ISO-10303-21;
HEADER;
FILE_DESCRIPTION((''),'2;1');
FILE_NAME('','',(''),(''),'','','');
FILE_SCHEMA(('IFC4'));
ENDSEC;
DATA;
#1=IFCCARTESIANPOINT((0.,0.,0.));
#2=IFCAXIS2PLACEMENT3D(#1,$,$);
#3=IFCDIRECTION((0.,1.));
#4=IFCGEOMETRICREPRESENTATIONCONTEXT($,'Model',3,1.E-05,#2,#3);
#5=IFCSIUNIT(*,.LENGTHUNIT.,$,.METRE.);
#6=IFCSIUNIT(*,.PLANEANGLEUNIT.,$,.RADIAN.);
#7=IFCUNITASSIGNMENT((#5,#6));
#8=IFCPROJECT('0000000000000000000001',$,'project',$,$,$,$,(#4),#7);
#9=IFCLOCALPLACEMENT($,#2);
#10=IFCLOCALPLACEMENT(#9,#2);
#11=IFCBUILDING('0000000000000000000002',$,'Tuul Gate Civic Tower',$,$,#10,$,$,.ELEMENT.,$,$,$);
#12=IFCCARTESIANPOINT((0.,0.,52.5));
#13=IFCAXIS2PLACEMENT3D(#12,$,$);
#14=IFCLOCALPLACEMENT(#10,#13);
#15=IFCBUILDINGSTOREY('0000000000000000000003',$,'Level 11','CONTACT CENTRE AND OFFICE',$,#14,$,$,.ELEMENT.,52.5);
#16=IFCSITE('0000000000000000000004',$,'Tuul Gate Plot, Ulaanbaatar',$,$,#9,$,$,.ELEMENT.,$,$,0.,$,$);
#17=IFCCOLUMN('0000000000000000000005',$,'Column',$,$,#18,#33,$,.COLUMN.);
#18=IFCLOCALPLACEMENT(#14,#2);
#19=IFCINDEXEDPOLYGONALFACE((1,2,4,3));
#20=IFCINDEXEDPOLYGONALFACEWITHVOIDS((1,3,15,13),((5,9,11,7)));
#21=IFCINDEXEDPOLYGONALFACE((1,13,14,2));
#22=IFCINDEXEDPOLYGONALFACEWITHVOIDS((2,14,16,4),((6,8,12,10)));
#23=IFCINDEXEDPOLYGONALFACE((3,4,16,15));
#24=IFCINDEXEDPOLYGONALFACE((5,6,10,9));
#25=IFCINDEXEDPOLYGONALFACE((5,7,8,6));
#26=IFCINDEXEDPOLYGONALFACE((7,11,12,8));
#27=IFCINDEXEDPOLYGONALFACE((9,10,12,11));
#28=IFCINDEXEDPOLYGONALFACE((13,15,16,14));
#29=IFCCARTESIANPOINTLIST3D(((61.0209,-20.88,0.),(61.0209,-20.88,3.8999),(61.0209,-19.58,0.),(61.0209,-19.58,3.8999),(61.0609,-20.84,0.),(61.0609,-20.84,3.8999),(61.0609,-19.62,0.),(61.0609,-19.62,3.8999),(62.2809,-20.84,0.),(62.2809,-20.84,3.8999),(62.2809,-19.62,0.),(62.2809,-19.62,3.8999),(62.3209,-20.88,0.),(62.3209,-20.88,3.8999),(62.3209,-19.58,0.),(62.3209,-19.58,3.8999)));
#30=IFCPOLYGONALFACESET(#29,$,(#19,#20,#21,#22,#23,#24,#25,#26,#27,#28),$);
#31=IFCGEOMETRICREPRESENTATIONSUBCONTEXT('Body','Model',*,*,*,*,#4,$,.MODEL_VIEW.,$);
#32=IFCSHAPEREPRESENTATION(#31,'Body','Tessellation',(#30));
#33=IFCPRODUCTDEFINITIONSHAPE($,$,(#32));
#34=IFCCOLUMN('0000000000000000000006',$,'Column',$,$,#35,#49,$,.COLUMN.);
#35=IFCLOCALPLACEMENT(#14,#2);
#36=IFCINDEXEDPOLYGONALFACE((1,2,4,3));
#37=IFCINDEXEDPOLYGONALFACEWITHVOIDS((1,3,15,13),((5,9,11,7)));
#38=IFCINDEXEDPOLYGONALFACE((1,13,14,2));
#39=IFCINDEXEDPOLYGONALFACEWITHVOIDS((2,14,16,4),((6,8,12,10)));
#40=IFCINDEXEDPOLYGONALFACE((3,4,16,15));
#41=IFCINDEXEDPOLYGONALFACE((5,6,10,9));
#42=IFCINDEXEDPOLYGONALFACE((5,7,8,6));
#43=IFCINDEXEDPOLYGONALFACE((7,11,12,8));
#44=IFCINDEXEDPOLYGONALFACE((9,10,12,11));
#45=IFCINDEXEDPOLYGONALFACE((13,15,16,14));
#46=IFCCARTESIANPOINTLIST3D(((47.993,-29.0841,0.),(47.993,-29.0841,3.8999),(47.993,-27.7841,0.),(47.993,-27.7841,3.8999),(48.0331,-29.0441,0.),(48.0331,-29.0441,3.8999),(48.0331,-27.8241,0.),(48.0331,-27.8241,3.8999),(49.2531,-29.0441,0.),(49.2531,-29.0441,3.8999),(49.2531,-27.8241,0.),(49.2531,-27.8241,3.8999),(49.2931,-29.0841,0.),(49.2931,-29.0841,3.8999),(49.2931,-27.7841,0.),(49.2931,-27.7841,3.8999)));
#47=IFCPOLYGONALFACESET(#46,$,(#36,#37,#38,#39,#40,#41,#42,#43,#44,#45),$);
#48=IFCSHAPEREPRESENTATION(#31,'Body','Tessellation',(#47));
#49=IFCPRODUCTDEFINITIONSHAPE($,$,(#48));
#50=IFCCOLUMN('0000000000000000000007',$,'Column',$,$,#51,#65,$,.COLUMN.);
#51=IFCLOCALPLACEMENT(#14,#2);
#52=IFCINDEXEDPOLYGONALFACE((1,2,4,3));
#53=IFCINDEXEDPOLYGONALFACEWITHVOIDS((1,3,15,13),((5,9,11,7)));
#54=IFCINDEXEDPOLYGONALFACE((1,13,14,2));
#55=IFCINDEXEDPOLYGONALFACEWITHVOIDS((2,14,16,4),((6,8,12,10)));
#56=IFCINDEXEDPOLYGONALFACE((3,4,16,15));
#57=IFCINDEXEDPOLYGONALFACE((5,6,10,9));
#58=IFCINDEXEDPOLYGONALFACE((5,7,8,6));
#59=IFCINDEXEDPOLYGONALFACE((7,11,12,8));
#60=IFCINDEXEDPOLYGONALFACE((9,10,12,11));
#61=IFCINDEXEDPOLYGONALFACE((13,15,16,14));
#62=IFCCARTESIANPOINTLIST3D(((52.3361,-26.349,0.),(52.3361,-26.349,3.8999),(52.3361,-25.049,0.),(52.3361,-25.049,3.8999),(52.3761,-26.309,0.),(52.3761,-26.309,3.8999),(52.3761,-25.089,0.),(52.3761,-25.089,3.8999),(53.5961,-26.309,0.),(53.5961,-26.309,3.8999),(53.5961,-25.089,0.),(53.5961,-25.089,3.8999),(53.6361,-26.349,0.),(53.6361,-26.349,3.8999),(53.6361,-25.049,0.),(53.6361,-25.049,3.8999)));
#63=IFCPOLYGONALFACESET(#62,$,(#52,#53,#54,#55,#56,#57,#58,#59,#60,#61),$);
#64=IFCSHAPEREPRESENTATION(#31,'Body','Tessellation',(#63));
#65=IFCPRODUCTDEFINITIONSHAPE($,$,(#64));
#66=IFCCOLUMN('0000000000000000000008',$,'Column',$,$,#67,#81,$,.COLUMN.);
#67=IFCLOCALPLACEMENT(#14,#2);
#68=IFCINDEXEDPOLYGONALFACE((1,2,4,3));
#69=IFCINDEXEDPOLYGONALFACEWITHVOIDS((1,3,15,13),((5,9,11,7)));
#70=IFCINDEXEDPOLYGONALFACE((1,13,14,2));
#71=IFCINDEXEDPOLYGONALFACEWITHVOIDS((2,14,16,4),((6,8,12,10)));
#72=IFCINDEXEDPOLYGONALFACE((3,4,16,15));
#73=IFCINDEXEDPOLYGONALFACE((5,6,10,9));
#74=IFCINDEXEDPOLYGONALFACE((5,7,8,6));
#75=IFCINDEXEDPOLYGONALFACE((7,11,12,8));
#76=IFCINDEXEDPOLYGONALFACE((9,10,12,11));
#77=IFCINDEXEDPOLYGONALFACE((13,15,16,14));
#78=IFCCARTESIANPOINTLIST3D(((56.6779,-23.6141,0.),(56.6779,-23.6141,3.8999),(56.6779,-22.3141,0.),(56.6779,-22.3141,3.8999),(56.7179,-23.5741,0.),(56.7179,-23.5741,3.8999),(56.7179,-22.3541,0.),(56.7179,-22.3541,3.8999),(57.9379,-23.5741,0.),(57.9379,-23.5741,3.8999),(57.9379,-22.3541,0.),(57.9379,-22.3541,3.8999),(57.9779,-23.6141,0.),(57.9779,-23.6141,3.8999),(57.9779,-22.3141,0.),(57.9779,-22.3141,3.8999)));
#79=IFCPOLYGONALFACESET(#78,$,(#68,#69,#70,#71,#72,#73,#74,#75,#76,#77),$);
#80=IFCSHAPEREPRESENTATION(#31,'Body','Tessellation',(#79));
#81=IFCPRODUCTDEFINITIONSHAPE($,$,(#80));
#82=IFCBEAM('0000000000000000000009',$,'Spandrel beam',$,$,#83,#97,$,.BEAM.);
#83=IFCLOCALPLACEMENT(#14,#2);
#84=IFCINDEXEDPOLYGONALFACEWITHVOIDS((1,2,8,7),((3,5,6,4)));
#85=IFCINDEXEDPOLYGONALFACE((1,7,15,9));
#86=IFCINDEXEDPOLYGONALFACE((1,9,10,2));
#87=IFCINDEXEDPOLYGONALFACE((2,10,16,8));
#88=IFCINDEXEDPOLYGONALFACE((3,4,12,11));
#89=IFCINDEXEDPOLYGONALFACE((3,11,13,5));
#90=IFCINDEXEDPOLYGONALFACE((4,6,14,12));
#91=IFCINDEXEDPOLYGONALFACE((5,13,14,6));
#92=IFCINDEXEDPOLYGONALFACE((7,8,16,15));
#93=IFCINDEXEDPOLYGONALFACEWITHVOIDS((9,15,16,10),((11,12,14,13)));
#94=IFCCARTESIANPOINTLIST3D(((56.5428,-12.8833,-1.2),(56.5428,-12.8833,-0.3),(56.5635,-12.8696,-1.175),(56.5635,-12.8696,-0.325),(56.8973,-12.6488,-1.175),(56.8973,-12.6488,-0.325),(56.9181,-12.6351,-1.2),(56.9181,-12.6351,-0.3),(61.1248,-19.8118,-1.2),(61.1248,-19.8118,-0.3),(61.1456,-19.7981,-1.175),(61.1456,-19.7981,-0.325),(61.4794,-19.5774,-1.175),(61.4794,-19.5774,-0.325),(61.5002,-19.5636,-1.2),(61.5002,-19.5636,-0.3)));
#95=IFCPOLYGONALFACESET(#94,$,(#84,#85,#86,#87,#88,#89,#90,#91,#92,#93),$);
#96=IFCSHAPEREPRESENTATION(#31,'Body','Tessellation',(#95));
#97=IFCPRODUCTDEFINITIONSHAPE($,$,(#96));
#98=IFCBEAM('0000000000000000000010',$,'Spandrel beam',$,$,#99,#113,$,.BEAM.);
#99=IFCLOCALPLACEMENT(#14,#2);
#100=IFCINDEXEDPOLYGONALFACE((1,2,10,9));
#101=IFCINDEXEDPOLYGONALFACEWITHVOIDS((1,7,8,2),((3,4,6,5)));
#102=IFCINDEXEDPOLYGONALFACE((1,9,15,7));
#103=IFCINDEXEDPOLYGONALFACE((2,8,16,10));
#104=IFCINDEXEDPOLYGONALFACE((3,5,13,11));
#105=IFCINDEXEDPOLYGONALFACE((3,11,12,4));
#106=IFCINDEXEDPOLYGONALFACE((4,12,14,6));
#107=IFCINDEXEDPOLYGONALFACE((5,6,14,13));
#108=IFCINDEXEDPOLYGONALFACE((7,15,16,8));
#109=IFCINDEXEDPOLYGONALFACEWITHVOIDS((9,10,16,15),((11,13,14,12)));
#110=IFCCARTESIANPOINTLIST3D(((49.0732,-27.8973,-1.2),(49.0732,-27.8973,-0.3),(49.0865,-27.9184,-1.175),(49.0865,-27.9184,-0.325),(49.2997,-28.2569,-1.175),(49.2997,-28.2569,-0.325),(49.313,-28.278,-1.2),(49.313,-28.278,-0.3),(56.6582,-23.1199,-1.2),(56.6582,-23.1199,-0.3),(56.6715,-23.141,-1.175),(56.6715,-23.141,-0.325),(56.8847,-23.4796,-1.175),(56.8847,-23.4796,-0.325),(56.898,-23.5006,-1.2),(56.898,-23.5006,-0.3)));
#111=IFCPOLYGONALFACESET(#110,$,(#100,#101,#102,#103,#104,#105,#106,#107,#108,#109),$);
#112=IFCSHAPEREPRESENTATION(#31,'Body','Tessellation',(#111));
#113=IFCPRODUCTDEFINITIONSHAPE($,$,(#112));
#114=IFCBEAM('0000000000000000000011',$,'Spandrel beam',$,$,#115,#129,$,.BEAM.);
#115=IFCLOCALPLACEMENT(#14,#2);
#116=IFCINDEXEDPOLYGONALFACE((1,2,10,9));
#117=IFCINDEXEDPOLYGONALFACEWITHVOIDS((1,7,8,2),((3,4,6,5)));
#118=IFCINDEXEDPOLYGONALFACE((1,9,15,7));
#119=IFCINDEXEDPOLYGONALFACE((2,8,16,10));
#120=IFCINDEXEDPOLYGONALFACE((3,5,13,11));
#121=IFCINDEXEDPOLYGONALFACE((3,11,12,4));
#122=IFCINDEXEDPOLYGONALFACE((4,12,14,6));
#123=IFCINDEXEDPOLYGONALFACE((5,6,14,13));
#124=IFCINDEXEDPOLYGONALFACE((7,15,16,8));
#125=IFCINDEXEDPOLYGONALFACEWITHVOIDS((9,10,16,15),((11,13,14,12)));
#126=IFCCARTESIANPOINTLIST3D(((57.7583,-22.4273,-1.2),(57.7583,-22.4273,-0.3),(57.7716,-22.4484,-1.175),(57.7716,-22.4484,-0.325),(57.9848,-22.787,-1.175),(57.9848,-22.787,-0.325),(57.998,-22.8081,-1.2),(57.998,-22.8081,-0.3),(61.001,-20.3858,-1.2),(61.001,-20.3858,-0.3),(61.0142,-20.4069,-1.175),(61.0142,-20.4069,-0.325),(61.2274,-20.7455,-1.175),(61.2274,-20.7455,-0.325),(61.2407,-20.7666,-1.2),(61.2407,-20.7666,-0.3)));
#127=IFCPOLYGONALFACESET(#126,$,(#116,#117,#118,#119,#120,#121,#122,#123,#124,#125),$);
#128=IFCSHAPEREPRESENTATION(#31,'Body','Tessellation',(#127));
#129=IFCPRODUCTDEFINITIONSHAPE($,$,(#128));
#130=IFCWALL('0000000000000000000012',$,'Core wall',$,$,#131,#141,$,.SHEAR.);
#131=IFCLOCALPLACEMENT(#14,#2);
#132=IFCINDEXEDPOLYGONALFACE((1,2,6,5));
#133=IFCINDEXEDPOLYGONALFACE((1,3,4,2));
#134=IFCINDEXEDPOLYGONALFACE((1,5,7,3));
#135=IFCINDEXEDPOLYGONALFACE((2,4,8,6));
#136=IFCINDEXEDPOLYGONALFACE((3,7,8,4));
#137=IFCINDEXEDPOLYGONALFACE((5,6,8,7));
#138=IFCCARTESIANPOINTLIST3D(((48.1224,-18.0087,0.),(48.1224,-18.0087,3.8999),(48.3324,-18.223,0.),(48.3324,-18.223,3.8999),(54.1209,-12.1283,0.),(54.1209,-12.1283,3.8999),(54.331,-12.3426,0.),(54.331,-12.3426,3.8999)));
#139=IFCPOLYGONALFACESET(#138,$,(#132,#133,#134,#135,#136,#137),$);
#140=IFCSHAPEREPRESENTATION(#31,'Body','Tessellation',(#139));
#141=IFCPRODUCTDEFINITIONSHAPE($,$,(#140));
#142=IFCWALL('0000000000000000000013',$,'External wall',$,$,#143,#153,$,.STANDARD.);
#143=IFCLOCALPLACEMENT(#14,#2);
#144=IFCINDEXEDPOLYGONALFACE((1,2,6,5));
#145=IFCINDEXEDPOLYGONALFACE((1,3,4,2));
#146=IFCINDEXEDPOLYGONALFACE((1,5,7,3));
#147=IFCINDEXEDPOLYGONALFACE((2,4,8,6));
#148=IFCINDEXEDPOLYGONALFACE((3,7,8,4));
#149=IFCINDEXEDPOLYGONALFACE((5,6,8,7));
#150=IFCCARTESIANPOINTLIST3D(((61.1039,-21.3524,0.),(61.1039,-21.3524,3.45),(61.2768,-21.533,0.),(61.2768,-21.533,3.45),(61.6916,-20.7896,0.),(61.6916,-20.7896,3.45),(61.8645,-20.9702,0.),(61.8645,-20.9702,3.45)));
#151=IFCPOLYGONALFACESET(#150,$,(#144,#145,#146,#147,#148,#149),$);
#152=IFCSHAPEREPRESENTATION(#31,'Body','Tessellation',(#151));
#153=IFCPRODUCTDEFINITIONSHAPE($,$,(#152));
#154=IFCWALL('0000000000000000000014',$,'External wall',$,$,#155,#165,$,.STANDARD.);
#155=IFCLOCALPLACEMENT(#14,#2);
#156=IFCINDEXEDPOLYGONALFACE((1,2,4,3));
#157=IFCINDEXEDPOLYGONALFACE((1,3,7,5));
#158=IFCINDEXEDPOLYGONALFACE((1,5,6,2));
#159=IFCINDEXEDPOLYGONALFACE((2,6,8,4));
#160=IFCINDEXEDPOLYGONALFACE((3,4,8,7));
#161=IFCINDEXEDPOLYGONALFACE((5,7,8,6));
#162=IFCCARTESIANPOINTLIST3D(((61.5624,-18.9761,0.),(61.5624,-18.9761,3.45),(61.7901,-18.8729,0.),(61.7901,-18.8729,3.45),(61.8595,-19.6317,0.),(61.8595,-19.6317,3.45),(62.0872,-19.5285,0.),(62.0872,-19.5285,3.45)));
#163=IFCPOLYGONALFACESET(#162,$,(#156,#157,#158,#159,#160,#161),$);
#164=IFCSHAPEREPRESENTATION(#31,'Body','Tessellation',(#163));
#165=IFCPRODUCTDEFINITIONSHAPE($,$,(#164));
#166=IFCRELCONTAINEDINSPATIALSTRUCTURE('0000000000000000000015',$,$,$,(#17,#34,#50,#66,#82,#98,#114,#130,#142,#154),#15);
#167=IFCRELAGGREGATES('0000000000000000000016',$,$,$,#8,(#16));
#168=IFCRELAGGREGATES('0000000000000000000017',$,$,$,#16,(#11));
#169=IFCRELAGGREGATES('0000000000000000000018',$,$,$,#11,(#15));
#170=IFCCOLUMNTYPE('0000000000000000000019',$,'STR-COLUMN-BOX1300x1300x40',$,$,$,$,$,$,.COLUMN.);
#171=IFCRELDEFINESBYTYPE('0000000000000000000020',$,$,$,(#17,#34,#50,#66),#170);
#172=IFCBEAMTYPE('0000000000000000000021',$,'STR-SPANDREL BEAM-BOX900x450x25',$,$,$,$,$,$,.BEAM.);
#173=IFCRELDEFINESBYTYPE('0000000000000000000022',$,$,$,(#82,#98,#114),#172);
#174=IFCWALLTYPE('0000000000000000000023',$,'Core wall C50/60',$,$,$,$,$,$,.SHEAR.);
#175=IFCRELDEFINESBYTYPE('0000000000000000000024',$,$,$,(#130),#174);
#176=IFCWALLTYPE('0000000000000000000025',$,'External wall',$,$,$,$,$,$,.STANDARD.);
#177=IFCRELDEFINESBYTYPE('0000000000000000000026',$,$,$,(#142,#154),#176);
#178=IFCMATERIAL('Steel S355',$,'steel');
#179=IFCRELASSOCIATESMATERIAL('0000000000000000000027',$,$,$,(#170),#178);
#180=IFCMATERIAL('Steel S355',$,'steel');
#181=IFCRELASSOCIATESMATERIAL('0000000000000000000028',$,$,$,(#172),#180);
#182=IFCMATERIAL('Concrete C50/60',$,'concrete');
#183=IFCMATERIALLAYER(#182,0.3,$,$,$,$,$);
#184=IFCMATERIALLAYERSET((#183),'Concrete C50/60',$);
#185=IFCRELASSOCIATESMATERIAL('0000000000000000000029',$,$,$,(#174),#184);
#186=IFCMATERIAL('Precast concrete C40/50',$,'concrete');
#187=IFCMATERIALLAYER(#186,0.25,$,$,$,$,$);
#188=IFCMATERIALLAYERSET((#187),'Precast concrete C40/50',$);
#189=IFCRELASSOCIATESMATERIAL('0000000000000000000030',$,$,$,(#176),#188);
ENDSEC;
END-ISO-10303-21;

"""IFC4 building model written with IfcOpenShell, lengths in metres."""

from ifc_helpers import new_model, si_unit, direction, frame, frame_2d, origin, origin_2d, place, context, subcontext, project, spatial, rectangle, hollow_rectangle, extrude, material, layer, layer_set, material_profile, profile_set, type_object, element, save


model = new_model("IFC4")

# Units and contexts
model_context = context("Model", 3, precision=1e-05, world=origin(), true_north=direction((0.0, 1.0)))
body_context = subcontext(model_context, "Body", "Model", "MODEL_VIEW")
ifc_project = project(units=[si_unit("LENGTHUNIT", "METRE"), si_unit("PLANEANGLEUNIT", "RADIAN")], contexts=[model_context])

# Site, building, storey
site_placement = place(None, origin())
site = spatial("IfcSite", under=ifc_project, at=site_placement, Name="Tuul Gate Plot, Ulaanbaatar", CompositionType="ELEMENT", RefElevation=0.0)
building_placement = place(site_placement, origin())
building = spatial("IfcBuilding", under=site, at=building_placement, Name="Tuul Gate Civic Tower", CompositionType="ELEMENT")
storey_placement = place(building_placement, frame((0.0, 0.0, 52.5)))
storey = spatial("IfcBuildingStorey", under=building, at=storey_placement, Name="Level 11", Description="CONTACT CENTRE AND OFFICE", CompositionType="ELEMENT", Elevation=52.5)

# Columns
ifc_material_1 = material(Name="Steel S355", Category="steel")
ifc_material_profile_1 = material_profile(ifc_material_1, hollow_rectangle(XDim=1.3, YDim=1.3, WallThickness=0.04, at=origin_2d()), Name="BOX1300x1300x40")
ifc_profile_set_1 = profile_set([ifc_material_profile_1], Name="Steel S355")
column_type = type_object("IfcColumnType", Name="STR-COLUMN-BOX1300x1300x40", PredefinedType="COLUMN", material=ifc_profile_set_1)
for number, where, z_axis, x_axis, name in (
    (1, (61.6709, -20.23, 0.0), (0.0, 0.0, 1.0), (1.0, 0.0, 0.0), "Column"),
    (2, (48.6431, -28.4341, 0.0), (0.0, 0.0, 1.0), (1.0, 0.0, 0.0), "Column"),
    (3, (52.9861, -25.699, 0.0), (0.0, 0.0, 1.0), (1.0, 0.0, 0.0), "Column"),
    (4, (57.3279, -22.9641, 0.0), (0.0, 0.0, 1.0), (1.0, 0.0, 0.0), "Column"),
):
    element("IfcColumn", number, at=place(storey_placement, frame(where, z_axis=z_axis, x_axis=x_axis)), inside=storey, type_object=column_type, Name=name, PredefinedType="COLUMN", context=body_context, shape_type="SweptSolid", body=[
        extrude(hollow_rectangle(XDim=1.3, YDim=1.3, WallThickness=0.04, at=origin_2d()), origin(), (0.0, 0.0, 1.0), 3.8999),
    ])

# Beams
ifc_material_2 = material(Name="Steel S355", Category="steel")
ifc_material_profile_2 = material_profile(ifc_material_2, hollow_rectangle(XDim=0.45, YDim=0.8999, WallThickness=0.0249, at=origin_2d()), Name="BOX900x450x25")
ifc_profile_set_2 = profile_set([ifc_material_profile_2], Name="Steel S355")
beam_type = type_object("IfcBeamType", Name="STR-SPANDREL BEAM-BOX900x450x25", PredefinedType="BEAM", material=ifc_profile_set_2)
beam_1_placement = place(storey_placement, frame((61.3125, -19.6877, -0.75), z_axis=(-0.551617, 0.834097, 0.0), x_axis=(-0.834097, -0.551617, 0.0)))
element("IfcBeam", 5, at=beam_1_placement, inside=storey, type_object=beam_type, Name="Spandrel beam", PredefinedType="BEAM", context=body_context, shape_type="SweptSolid", body=[
    extrude(hollow_rectangle(XDim=0.45, YDim=0.8999, WallThickness=0.0249, at=origin_2d()), origin(), (0.0, 0.0, 1.0), 8.3066),
])
beam_2_placement = place(storey_placement, frame((49.1931, -28.0876, -0.75), z_axis=(0.846151, 0.532943, 0.0), x_axis=(-0.532943, 0.846151, 0.0)))
element("IfcBeam", 6, at=beam_2_placement, inside=storey, type_object=beam_type, Name="Spandrel beam", PredefinedType="BEAM", context=body_context, shape_type="SweptSolid", body=[
    extrude(hollow_rectangle(XDim=0.45, YDim=0.8999, WallThickness=0.0249, at=origin_2d()), origin(), (0.0, 0.0, 1.0), 8.9641),
])
beam_3_placement = place(storey_placement, frame((57.8782, -22.6177, -0.75), z_axis=(0.846254, 0.532779, 0.0), x_axis=(-0.532779, 0.846254, 0.0)))
element("IfcBeam", 7, at=beam_3_placement, inside=storey, type_object=beam_type, Name="Spandrel beam", PredefinedType="BEAM", context=body_context, shape_type="SweptSolid", body=[
    extrude(hollow_rectangle(XDim=0.45, YDim=0.8999, WallThickness=0.0249, at=origin_2d()), origin(), (0.0, 0.0, 1.0), 3.8318),
])

# Walls
ifc_material_3 = material(Name="Concrete C50/60", Category="concrete")
ifc_layer_1 = layer(ifc_material_3, 0.3)
ifc_layer_set_1 = layer_set([ifc_layer_1], Name="Concrete C50/60")
wall_type_1 = type_object("IfcWallType", Name="Core wall C50/60", PredefinedType="SHEAR", material=ifc_layer_set_1)
wall_1_placement = place(storey_placement, frame((48.2273, -18.116, 0.0), z_axis=(0.0, 0.0, 1.0), x_axis=(0.714105, 0.700038, 0.0)))
element("IfcWall", 8, at=wall_1_placement, inside=storey, type_object=wall_type_1, Name="Core wall", PredefinedType="SHEAR", context=body_context, shape_type="SweptSolid", body=[
    extrude(rectangle(XDim=8.4001, YDim=0.3, at=frame_2d((4.2002, 0.0))), origin(), (0.0, 0.0, 1.0), 3.8999),
])
ifc_material_4 = material(Name="Precast concrete C40/50", Category="concrete")
ifc_layer_2 = layer(ifc_material_4, 0.25)
ifc_layer_set_2 = layer_set([ifc_layer_2], Name="Precast concrete C40/50")
wall_type_2 = type_object("IfcWallType", Name="External wall", PredefinedType="STANDARD", material=ifc_layer_set_2)
wall_2_placement = place(storey_placement, frame((61.1904, -21.4426, 0.0), z_axis=(0.0, 0.0, 1.0), x_axis=(0.722244, 0.691638, 0.0)))
element("IfcWall", 9, at=wall_2_placement, inside=storey, type_object=wall_type_2, Name="External wall", PredefinedType="STANDARD", context=body_context, shape_type="SweptSolid", body=[
    extrude(rectangle(XDim=0.8137, YDim=0.25, at=frame_2d((0.4067, 0.0))), origin(), (0.0, 0.0, 1.0), 3.45),
])
wall_3_placement = place(storey_placement, frame((61.9734, -19.5801, 0.0), z_axis=(0.0, 0.0, 1.0), x_axis=(-0.412832, 0.910807, 0.0)))
element("IfcWall", 10, at=wall_3_placement, inside=storey, type_object=wall_type_2, Name="External wall", PredefinedType="STANDARD", context=body_context, shape_type="SweptSolid", body=[
    extrude(rectangle(XDim=0.7197, YDim=0.25, at=frame_2d((0.3599, 0.0))), origin(), (0.0, 0.0, 1.0), 3.45),
])

save(model, "model.ifc")
